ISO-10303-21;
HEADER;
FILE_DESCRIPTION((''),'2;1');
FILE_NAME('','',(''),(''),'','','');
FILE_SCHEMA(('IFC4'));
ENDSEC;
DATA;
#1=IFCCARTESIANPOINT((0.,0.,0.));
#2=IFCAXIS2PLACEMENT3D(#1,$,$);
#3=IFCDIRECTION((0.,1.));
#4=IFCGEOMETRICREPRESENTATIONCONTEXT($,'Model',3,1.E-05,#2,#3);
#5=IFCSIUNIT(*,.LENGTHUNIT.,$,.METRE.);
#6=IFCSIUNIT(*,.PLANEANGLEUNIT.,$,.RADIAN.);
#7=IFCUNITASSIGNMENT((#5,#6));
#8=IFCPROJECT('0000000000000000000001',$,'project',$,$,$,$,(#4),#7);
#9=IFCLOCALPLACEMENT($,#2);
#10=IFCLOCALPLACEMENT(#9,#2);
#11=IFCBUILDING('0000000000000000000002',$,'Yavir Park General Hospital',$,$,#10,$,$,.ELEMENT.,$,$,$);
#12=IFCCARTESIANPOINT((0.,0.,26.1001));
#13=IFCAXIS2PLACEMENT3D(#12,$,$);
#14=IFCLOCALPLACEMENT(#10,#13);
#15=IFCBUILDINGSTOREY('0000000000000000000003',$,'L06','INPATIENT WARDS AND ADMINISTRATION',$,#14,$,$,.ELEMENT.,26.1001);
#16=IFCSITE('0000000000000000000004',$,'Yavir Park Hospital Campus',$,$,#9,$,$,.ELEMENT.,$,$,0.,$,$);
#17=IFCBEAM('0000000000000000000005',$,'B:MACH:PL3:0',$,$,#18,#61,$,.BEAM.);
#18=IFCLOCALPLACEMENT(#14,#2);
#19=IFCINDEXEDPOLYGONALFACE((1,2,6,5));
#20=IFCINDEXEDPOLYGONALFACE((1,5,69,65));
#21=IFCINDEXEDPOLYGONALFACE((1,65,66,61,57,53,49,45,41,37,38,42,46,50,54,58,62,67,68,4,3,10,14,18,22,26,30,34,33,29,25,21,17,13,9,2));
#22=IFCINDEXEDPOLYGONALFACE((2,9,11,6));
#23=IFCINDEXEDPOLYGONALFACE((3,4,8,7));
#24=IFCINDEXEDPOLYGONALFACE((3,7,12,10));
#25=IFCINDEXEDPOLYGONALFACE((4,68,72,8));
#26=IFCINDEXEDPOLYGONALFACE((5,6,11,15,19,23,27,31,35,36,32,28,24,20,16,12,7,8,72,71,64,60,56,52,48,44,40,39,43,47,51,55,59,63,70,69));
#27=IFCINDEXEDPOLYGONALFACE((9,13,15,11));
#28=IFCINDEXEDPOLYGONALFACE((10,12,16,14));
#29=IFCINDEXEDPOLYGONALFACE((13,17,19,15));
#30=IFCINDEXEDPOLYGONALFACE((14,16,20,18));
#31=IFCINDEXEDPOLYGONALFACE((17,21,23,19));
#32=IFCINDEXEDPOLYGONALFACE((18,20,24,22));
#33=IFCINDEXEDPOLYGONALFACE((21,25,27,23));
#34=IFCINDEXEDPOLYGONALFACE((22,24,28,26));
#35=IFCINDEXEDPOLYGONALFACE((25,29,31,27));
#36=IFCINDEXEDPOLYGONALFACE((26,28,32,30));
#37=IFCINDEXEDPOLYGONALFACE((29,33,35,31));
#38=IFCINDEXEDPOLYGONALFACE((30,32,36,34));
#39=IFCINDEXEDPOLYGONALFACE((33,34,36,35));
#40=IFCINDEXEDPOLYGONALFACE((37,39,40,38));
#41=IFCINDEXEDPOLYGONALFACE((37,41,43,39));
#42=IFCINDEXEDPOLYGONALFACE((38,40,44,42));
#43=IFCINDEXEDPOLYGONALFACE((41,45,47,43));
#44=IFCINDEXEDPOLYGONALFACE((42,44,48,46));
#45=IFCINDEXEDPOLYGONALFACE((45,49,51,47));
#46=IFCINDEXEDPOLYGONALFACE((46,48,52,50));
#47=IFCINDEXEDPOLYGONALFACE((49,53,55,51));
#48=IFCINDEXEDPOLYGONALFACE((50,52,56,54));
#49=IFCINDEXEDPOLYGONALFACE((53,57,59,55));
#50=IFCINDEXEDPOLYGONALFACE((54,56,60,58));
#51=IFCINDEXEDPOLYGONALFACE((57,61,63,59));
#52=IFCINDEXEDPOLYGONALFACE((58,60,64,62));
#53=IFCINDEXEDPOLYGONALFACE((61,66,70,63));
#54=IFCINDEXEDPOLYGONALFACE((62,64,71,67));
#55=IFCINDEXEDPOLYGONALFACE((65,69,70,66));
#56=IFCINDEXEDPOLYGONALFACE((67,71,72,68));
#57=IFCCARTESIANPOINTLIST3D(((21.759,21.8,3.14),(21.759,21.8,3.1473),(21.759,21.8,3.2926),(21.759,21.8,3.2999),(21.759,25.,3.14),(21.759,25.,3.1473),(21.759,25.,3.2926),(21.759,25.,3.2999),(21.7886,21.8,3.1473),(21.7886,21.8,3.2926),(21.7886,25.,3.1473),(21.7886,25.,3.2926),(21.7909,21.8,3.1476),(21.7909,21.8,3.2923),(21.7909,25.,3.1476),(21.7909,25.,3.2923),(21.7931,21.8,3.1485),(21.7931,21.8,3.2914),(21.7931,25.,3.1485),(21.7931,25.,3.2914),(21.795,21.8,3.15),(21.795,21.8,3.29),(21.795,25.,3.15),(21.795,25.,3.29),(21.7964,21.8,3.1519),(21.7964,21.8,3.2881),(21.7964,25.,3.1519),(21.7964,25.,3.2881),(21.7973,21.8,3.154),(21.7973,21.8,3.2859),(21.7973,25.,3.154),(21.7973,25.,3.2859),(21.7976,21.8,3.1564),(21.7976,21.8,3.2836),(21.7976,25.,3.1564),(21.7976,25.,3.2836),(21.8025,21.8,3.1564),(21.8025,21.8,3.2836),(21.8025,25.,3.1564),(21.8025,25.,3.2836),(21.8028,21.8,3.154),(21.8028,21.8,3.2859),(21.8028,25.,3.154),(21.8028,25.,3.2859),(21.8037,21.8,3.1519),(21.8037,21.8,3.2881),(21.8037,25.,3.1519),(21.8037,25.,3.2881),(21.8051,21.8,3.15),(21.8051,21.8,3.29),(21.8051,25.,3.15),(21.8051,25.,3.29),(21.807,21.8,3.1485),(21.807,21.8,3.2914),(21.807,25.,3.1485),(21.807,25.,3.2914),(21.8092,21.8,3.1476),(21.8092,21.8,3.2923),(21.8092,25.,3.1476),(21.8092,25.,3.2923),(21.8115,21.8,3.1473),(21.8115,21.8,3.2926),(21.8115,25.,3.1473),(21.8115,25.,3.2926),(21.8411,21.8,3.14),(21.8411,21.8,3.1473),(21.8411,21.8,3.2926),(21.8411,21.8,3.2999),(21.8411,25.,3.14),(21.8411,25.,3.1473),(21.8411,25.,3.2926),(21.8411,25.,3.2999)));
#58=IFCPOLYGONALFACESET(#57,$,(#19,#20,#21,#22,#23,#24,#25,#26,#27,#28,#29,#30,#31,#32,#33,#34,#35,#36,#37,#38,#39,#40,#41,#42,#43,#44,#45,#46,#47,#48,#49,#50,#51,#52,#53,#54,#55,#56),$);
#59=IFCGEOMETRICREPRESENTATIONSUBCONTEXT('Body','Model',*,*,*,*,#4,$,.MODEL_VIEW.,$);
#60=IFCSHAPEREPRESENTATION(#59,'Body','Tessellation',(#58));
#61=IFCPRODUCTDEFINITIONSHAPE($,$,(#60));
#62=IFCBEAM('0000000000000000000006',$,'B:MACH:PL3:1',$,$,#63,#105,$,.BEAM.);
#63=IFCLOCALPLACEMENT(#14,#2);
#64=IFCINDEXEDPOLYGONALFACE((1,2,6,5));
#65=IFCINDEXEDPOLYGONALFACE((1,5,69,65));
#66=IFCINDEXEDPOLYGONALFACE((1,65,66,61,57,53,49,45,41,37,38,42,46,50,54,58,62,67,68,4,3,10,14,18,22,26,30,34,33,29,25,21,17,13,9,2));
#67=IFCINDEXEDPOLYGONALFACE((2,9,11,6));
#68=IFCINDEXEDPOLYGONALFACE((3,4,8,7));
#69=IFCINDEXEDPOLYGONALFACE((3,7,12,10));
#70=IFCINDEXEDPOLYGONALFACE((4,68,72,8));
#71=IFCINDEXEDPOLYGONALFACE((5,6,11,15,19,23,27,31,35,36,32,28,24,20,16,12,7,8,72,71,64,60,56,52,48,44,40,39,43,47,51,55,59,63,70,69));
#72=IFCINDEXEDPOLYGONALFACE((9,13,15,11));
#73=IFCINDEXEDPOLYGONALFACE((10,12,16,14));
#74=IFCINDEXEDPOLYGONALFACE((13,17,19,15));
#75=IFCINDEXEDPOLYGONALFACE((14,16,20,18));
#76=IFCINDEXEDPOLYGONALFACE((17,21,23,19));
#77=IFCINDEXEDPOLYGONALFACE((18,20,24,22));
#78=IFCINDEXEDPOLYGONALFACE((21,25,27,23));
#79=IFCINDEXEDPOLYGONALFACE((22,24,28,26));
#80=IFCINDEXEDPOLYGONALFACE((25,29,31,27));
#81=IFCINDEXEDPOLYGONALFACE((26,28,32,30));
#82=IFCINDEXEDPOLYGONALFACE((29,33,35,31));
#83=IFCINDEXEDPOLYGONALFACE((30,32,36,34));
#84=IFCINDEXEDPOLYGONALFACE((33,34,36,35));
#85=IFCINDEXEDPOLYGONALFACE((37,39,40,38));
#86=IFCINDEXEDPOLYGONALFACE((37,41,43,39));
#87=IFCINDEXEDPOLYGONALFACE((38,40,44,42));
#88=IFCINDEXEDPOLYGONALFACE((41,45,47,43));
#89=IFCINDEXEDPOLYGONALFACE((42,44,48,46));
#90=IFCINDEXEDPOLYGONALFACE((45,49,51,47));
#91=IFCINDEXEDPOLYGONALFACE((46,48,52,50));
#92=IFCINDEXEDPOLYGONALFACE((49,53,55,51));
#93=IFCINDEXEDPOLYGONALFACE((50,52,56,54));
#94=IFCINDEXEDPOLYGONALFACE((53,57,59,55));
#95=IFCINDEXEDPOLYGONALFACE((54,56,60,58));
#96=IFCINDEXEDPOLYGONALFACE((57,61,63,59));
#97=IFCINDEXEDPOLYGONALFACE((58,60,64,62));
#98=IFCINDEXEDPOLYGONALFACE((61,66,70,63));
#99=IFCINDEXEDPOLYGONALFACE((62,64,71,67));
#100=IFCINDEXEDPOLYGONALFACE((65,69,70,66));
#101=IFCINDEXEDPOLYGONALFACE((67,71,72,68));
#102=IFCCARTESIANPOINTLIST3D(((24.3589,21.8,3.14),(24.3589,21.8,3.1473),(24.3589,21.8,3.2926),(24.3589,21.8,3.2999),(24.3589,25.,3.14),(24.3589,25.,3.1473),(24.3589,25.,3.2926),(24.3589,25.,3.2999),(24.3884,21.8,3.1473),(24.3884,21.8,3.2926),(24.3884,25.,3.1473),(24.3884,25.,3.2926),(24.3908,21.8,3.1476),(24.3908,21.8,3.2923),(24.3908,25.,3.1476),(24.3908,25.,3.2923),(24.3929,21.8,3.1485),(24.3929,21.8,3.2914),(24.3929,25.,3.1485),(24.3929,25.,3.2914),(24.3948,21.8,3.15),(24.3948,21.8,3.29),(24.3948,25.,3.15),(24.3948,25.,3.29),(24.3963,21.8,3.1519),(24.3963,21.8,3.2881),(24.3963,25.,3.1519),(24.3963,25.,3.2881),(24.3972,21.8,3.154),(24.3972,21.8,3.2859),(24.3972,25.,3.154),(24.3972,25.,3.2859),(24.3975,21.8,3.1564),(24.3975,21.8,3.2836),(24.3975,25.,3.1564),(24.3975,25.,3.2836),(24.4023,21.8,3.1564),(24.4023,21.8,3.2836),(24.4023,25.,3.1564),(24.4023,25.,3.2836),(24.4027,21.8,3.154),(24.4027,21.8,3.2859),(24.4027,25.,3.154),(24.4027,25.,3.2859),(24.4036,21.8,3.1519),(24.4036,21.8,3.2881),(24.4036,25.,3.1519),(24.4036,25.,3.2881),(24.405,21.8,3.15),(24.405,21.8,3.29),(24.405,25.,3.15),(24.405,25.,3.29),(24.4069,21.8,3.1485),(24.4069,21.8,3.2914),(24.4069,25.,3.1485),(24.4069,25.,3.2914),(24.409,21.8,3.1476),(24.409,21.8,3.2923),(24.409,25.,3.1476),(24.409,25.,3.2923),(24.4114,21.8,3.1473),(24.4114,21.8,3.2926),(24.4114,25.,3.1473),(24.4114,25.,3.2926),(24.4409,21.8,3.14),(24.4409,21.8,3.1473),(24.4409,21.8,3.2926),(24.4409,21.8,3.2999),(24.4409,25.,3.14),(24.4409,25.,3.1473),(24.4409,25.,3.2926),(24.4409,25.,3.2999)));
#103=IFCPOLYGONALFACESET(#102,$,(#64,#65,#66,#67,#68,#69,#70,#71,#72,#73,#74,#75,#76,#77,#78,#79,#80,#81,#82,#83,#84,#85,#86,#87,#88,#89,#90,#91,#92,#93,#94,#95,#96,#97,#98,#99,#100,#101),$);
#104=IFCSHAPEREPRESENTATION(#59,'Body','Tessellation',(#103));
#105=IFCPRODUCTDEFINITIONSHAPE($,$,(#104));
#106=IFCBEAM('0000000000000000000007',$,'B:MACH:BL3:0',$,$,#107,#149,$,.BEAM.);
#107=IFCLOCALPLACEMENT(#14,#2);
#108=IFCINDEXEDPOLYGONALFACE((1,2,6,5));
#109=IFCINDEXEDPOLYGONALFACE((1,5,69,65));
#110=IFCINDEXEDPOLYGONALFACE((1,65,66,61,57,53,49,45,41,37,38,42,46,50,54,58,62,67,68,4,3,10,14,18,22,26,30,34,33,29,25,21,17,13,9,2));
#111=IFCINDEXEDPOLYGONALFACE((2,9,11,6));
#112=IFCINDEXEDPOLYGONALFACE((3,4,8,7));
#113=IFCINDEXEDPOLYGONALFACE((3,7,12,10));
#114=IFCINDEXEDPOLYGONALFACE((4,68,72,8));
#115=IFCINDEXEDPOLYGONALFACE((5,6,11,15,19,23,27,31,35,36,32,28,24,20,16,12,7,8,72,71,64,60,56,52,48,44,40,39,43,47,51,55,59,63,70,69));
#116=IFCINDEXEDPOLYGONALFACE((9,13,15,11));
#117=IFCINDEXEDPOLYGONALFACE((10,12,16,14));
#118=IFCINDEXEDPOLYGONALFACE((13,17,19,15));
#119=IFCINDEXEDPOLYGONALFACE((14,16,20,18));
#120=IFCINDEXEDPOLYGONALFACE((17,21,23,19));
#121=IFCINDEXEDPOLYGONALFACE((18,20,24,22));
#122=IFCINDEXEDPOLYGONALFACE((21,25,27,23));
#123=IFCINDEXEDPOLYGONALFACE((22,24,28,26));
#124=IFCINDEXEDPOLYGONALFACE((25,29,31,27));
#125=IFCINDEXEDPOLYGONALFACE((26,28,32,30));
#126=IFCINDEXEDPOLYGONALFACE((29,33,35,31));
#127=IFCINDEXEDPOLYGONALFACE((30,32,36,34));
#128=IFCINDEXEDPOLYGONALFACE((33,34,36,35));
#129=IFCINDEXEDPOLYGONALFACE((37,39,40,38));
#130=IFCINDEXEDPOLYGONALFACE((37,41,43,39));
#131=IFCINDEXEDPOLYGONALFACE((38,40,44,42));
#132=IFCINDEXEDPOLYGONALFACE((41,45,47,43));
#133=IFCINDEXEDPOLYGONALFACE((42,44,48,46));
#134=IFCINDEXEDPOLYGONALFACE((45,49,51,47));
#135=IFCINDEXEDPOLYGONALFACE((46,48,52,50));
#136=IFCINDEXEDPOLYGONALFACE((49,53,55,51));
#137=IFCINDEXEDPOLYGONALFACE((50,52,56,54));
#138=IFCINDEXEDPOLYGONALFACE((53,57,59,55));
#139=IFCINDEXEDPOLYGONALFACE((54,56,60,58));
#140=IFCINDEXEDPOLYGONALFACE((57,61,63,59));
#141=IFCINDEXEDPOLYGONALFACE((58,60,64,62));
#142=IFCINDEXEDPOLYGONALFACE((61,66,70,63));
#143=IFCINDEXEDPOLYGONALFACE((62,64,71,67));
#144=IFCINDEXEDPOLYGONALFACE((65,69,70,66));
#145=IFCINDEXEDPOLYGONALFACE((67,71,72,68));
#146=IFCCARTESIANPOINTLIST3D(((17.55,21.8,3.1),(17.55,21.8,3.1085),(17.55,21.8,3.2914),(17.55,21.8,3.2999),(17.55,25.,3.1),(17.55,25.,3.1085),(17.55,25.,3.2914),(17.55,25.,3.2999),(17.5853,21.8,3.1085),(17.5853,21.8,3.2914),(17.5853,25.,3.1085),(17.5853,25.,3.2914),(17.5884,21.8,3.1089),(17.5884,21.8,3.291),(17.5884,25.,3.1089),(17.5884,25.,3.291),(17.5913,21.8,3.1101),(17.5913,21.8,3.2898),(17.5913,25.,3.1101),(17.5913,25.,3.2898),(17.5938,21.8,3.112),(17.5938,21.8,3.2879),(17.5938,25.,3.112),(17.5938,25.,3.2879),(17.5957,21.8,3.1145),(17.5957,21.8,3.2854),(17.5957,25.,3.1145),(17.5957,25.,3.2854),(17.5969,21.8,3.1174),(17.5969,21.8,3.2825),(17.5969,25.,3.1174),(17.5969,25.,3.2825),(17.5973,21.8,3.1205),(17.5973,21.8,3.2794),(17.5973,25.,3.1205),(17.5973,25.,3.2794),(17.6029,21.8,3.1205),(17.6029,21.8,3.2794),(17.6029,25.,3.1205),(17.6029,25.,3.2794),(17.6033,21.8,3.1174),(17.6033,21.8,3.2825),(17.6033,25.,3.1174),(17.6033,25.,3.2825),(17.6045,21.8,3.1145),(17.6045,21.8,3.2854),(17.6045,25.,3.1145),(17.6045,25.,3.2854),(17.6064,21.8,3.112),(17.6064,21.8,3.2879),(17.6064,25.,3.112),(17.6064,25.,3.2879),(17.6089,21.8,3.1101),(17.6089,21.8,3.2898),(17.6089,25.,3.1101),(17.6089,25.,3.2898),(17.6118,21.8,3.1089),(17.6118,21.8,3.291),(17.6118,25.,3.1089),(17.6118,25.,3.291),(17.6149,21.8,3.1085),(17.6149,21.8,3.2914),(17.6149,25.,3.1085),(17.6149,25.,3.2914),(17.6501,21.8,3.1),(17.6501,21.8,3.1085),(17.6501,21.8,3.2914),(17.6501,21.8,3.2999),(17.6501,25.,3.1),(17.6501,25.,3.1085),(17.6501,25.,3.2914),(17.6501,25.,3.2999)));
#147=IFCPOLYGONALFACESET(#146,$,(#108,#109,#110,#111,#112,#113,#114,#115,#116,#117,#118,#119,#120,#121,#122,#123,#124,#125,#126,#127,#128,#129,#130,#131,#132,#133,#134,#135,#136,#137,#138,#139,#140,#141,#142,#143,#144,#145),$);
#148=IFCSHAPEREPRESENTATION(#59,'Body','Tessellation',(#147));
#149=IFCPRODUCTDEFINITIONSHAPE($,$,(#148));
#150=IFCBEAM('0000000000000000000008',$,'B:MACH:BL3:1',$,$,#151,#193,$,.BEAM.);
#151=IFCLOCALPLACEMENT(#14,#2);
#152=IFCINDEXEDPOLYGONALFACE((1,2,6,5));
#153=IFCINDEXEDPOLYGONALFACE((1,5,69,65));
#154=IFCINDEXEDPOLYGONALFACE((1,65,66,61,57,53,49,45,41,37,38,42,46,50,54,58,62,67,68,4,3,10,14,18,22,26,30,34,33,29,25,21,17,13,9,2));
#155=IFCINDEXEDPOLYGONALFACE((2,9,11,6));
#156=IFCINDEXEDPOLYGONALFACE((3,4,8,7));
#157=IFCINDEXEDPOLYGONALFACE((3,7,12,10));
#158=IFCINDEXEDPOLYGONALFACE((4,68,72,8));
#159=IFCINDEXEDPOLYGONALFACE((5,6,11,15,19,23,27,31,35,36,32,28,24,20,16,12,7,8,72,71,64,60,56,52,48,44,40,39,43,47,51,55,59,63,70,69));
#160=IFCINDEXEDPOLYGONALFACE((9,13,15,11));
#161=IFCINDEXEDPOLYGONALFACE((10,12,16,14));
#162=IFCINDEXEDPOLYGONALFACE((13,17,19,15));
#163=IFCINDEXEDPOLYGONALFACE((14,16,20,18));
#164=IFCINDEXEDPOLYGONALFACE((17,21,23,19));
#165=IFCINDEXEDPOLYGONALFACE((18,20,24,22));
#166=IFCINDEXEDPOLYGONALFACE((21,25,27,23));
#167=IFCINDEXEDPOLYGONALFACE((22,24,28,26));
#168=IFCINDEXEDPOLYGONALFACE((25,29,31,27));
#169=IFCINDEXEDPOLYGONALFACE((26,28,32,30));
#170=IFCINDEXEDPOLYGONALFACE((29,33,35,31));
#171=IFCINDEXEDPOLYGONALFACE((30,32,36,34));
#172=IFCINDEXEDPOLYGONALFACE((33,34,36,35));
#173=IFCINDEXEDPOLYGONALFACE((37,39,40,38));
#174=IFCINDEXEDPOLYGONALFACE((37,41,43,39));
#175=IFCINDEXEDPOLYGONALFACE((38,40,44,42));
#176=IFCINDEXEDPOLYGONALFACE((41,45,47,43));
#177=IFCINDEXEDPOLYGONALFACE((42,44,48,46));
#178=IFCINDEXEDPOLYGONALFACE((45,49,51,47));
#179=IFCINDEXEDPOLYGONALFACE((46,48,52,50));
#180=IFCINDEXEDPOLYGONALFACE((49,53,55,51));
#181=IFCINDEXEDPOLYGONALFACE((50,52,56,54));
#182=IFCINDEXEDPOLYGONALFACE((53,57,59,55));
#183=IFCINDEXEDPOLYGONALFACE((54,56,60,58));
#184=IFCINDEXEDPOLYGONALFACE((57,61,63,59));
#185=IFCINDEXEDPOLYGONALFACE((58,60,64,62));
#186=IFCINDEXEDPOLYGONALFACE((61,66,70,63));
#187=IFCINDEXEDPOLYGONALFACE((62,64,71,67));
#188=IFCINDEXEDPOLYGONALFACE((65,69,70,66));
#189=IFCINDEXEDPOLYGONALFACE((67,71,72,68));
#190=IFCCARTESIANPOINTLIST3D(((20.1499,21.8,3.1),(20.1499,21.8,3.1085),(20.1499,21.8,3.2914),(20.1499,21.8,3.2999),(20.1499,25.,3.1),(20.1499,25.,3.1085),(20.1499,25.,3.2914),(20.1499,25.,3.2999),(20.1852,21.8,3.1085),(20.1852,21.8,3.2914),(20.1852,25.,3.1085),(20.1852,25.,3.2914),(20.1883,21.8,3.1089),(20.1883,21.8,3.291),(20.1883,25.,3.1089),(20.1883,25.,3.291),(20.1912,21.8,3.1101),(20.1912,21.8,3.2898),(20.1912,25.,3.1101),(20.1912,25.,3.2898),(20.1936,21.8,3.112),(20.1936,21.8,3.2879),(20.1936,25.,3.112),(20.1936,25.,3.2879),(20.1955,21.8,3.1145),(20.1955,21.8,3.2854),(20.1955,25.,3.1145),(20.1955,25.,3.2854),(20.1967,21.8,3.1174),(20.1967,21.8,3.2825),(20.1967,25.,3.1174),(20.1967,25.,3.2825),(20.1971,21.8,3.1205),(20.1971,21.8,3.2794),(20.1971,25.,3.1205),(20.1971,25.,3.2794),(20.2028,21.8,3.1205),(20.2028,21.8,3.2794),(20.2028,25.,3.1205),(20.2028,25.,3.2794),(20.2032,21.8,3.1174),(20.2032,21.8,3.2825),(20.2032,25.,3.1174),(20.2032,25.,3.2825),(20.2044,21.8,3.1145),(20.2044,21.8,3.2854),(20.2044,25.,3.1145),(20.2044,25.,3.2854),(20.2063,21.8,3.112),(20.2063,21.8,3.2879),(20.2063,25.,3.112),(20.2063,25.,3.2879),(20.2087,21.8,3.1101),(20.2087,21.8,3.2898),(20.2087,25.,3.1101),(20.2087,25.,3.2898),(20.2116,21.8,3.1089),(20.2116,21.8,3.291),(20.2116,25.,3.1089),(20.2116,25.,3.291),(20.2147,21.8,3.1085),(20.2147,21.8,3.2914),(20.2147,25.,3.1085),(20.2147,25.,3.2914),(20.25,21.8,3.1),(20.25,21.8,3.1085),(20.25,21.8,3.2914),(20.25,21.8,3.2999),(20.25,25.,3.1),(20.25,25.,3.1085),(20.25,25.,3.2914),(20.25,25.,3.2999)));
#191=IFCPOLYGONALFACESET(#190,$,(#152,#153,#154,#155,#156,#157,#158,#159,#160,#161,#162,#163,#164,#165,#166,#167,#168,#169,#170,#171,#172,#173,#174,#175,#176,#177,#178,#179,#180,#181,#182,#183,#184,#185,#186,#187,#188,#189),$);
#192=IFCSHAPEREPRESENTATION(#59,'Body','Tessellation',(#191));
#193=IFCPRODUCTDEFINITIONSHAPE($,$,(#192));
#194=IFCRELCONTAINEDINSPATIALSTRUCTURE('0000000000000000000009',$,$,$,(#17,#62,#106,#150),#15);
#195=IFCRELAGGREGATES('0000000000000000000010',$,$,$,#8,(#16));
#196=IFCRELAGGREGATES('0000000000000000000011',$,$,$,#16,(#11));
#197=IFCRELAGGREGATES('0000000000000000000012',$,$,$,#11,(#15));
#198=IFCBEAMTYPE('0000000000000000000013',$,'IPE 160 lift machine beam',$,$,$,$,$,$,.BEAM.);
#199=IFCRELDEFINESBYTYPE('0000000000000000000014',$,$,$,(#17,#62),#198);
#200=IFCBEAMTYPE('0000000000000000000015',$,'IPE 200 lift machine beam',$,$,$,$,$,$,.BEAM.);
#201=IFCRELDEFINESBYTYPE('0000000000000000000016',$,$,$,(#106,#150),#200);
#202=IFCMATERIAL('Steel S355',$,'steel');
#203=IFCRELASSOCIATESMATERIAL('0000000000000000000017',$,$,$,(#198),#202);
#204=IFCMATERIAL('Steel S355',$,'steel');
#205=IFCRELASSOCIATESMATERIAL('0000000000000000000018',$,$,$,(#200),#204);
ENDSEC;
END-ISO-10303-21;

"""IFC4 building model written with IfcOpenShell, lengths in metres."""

from ifc_helpers import new_model, si_unit, direction, frame, origin, origin_2d, place, context, subcontext, project, spatial, i_section, extrude, material, material_profile, profile_set, type_object, element, save


model = new_model("IFC4")

# Units and contexts
model_context = context("Model", 3, precision=1e-05, world=origin(), true_north=direction((0.0, 1.0)))
body_context = subcontext(model_context, "Body", "Model", "MODEL_VIEW")
ifc_project = project(units=[si_unit("LENGTHUNIT", "METRE"), si_unit("PLANEANGLEUNIT", "RADIAN")], contexts=[model_context])

# Site, building, storey
site_placement = place(None, origin())
site = spatial("IfcSite", under=ifc_project, at=site_placement, Name="Yavir Park Hospital Campus", CompositionType="ELEMENT", RefElevation=0.0)
building_placement = place(site_placement, origin())
building = spatial("IfcBuilding", under=site, at=building_placement, Name="Yavir Park General Hospital", CompositionType="ELEMENT")
storey_placement = place(building_placement, frame((0.0, 0.0, 26.1001)))
storey = spatial("IfcBuildingStorey", under=building, at=storey_placement, Name="L06", Description="INPATIENT WARDS AND ADMINISTRATION", CompositionType="ELEMENT", Elevation=26.1001)

# Beams
ifc_material_1 = material(Name="Steel S355", Category="steel")
ifc_material_profile_1 = material_profile(ifc_material_1, i_section(OverallWidth=0.082, OverallDepth=0.1599, WebThickness=0.0049, FlangeThickness=0.0073, FilletRadius=0.009, at=origin_2d()), Name="IPE160")
ifc_profile_set_1 = profile_set([ifc_material_profile_1], Name="Steel S355")
beam_type_1 = type_object("IfcBeamType", Name="IPE 160 lift machine beam", PredefinedType="BEAM", material=ifc_profile_set_1)
for number, where, z_axis, x_axis, name in (
    (1, (21.8, 21.8, 3.22), (0.0, 1.0, 0.0), (-1.0, 0.0, 0.0), "B:MACH:PL3:0"),
    (2, (24.3999, 21.8, 3.22), (0.0, 1.0, 0.0), (-1.0, 0.0, 0.0), "B:MACH:PL3:1"),
):
    element("IfcBeam", number, at=place(storey_placement, frame(where, z_axis=z_axis, x_axis=x_axis)), inside=storey, type_object=beam_type_1, Name=name, PredefinedType="BEAM", context=body_context, shape_type="SweptSolid", body=[
        extrude(i_section(OverallWidth=0.082, OverallDepth=0.1599, WebThickness=0.0049, FlangeThickness=0.0073, FilletRadius=0.009, at=origin_2d()), origin(), (0.0, 0.0, 1.0), 3.2),
    ])
ifc_material_2 = material(Name="Steel S355", Category="steel")
ifc_material_profile_2 = material_profile(ifc_material_2, i_section(OverallWidth=0.1001, OverallDepth=0.2, WebThickness=0.0056, FlangeThickness=0.0085, FilletRadius=0.012, at=origin_2d()), Name="IPE200")
ifc_profile_set_2 = profile_set([ifc_material_profile_2], Name="Steel S355")
beam_type_2 = type_object("IfcBeamType", Name="IPE 200 lift machine beam", PredefinedType="BEAM", material=ifc_profile_set_2)
for number, where, z_axis, x_axis, name in (
    (3, (17.6001, 21.8, 3.2), (0.0, 1.0, 0.0), (-1.0, 0.0, 0.0), "B:MACH:BL3:0"),
    (4, (20.2, 21.8, 3.2), (0.0, 1.0, 0.0), (-1.0, 0.0, 0.0), "B:MACH:BL3:1"),
):
    element("IfcBeam", number, at=place(storey_placement, frame(where, z_axis=z_axis, x_axis=x_axis)), inside=storey, type_object=beam_type_2, Name=name, PredefinedType="BEAM", context=body_context, shape_type="SweptSolid", body=[
        extrude(i_section(OverallWidth=0.1001, OverallDepth=0.2, WebThickness=0.0056, FlangeThickness=0.0085, FilletRadius=0.012, at=origin_2d()), origin(), (0.0, 0.0, 1.0), 3.2),
    ])

save(model, "model.ifc")
